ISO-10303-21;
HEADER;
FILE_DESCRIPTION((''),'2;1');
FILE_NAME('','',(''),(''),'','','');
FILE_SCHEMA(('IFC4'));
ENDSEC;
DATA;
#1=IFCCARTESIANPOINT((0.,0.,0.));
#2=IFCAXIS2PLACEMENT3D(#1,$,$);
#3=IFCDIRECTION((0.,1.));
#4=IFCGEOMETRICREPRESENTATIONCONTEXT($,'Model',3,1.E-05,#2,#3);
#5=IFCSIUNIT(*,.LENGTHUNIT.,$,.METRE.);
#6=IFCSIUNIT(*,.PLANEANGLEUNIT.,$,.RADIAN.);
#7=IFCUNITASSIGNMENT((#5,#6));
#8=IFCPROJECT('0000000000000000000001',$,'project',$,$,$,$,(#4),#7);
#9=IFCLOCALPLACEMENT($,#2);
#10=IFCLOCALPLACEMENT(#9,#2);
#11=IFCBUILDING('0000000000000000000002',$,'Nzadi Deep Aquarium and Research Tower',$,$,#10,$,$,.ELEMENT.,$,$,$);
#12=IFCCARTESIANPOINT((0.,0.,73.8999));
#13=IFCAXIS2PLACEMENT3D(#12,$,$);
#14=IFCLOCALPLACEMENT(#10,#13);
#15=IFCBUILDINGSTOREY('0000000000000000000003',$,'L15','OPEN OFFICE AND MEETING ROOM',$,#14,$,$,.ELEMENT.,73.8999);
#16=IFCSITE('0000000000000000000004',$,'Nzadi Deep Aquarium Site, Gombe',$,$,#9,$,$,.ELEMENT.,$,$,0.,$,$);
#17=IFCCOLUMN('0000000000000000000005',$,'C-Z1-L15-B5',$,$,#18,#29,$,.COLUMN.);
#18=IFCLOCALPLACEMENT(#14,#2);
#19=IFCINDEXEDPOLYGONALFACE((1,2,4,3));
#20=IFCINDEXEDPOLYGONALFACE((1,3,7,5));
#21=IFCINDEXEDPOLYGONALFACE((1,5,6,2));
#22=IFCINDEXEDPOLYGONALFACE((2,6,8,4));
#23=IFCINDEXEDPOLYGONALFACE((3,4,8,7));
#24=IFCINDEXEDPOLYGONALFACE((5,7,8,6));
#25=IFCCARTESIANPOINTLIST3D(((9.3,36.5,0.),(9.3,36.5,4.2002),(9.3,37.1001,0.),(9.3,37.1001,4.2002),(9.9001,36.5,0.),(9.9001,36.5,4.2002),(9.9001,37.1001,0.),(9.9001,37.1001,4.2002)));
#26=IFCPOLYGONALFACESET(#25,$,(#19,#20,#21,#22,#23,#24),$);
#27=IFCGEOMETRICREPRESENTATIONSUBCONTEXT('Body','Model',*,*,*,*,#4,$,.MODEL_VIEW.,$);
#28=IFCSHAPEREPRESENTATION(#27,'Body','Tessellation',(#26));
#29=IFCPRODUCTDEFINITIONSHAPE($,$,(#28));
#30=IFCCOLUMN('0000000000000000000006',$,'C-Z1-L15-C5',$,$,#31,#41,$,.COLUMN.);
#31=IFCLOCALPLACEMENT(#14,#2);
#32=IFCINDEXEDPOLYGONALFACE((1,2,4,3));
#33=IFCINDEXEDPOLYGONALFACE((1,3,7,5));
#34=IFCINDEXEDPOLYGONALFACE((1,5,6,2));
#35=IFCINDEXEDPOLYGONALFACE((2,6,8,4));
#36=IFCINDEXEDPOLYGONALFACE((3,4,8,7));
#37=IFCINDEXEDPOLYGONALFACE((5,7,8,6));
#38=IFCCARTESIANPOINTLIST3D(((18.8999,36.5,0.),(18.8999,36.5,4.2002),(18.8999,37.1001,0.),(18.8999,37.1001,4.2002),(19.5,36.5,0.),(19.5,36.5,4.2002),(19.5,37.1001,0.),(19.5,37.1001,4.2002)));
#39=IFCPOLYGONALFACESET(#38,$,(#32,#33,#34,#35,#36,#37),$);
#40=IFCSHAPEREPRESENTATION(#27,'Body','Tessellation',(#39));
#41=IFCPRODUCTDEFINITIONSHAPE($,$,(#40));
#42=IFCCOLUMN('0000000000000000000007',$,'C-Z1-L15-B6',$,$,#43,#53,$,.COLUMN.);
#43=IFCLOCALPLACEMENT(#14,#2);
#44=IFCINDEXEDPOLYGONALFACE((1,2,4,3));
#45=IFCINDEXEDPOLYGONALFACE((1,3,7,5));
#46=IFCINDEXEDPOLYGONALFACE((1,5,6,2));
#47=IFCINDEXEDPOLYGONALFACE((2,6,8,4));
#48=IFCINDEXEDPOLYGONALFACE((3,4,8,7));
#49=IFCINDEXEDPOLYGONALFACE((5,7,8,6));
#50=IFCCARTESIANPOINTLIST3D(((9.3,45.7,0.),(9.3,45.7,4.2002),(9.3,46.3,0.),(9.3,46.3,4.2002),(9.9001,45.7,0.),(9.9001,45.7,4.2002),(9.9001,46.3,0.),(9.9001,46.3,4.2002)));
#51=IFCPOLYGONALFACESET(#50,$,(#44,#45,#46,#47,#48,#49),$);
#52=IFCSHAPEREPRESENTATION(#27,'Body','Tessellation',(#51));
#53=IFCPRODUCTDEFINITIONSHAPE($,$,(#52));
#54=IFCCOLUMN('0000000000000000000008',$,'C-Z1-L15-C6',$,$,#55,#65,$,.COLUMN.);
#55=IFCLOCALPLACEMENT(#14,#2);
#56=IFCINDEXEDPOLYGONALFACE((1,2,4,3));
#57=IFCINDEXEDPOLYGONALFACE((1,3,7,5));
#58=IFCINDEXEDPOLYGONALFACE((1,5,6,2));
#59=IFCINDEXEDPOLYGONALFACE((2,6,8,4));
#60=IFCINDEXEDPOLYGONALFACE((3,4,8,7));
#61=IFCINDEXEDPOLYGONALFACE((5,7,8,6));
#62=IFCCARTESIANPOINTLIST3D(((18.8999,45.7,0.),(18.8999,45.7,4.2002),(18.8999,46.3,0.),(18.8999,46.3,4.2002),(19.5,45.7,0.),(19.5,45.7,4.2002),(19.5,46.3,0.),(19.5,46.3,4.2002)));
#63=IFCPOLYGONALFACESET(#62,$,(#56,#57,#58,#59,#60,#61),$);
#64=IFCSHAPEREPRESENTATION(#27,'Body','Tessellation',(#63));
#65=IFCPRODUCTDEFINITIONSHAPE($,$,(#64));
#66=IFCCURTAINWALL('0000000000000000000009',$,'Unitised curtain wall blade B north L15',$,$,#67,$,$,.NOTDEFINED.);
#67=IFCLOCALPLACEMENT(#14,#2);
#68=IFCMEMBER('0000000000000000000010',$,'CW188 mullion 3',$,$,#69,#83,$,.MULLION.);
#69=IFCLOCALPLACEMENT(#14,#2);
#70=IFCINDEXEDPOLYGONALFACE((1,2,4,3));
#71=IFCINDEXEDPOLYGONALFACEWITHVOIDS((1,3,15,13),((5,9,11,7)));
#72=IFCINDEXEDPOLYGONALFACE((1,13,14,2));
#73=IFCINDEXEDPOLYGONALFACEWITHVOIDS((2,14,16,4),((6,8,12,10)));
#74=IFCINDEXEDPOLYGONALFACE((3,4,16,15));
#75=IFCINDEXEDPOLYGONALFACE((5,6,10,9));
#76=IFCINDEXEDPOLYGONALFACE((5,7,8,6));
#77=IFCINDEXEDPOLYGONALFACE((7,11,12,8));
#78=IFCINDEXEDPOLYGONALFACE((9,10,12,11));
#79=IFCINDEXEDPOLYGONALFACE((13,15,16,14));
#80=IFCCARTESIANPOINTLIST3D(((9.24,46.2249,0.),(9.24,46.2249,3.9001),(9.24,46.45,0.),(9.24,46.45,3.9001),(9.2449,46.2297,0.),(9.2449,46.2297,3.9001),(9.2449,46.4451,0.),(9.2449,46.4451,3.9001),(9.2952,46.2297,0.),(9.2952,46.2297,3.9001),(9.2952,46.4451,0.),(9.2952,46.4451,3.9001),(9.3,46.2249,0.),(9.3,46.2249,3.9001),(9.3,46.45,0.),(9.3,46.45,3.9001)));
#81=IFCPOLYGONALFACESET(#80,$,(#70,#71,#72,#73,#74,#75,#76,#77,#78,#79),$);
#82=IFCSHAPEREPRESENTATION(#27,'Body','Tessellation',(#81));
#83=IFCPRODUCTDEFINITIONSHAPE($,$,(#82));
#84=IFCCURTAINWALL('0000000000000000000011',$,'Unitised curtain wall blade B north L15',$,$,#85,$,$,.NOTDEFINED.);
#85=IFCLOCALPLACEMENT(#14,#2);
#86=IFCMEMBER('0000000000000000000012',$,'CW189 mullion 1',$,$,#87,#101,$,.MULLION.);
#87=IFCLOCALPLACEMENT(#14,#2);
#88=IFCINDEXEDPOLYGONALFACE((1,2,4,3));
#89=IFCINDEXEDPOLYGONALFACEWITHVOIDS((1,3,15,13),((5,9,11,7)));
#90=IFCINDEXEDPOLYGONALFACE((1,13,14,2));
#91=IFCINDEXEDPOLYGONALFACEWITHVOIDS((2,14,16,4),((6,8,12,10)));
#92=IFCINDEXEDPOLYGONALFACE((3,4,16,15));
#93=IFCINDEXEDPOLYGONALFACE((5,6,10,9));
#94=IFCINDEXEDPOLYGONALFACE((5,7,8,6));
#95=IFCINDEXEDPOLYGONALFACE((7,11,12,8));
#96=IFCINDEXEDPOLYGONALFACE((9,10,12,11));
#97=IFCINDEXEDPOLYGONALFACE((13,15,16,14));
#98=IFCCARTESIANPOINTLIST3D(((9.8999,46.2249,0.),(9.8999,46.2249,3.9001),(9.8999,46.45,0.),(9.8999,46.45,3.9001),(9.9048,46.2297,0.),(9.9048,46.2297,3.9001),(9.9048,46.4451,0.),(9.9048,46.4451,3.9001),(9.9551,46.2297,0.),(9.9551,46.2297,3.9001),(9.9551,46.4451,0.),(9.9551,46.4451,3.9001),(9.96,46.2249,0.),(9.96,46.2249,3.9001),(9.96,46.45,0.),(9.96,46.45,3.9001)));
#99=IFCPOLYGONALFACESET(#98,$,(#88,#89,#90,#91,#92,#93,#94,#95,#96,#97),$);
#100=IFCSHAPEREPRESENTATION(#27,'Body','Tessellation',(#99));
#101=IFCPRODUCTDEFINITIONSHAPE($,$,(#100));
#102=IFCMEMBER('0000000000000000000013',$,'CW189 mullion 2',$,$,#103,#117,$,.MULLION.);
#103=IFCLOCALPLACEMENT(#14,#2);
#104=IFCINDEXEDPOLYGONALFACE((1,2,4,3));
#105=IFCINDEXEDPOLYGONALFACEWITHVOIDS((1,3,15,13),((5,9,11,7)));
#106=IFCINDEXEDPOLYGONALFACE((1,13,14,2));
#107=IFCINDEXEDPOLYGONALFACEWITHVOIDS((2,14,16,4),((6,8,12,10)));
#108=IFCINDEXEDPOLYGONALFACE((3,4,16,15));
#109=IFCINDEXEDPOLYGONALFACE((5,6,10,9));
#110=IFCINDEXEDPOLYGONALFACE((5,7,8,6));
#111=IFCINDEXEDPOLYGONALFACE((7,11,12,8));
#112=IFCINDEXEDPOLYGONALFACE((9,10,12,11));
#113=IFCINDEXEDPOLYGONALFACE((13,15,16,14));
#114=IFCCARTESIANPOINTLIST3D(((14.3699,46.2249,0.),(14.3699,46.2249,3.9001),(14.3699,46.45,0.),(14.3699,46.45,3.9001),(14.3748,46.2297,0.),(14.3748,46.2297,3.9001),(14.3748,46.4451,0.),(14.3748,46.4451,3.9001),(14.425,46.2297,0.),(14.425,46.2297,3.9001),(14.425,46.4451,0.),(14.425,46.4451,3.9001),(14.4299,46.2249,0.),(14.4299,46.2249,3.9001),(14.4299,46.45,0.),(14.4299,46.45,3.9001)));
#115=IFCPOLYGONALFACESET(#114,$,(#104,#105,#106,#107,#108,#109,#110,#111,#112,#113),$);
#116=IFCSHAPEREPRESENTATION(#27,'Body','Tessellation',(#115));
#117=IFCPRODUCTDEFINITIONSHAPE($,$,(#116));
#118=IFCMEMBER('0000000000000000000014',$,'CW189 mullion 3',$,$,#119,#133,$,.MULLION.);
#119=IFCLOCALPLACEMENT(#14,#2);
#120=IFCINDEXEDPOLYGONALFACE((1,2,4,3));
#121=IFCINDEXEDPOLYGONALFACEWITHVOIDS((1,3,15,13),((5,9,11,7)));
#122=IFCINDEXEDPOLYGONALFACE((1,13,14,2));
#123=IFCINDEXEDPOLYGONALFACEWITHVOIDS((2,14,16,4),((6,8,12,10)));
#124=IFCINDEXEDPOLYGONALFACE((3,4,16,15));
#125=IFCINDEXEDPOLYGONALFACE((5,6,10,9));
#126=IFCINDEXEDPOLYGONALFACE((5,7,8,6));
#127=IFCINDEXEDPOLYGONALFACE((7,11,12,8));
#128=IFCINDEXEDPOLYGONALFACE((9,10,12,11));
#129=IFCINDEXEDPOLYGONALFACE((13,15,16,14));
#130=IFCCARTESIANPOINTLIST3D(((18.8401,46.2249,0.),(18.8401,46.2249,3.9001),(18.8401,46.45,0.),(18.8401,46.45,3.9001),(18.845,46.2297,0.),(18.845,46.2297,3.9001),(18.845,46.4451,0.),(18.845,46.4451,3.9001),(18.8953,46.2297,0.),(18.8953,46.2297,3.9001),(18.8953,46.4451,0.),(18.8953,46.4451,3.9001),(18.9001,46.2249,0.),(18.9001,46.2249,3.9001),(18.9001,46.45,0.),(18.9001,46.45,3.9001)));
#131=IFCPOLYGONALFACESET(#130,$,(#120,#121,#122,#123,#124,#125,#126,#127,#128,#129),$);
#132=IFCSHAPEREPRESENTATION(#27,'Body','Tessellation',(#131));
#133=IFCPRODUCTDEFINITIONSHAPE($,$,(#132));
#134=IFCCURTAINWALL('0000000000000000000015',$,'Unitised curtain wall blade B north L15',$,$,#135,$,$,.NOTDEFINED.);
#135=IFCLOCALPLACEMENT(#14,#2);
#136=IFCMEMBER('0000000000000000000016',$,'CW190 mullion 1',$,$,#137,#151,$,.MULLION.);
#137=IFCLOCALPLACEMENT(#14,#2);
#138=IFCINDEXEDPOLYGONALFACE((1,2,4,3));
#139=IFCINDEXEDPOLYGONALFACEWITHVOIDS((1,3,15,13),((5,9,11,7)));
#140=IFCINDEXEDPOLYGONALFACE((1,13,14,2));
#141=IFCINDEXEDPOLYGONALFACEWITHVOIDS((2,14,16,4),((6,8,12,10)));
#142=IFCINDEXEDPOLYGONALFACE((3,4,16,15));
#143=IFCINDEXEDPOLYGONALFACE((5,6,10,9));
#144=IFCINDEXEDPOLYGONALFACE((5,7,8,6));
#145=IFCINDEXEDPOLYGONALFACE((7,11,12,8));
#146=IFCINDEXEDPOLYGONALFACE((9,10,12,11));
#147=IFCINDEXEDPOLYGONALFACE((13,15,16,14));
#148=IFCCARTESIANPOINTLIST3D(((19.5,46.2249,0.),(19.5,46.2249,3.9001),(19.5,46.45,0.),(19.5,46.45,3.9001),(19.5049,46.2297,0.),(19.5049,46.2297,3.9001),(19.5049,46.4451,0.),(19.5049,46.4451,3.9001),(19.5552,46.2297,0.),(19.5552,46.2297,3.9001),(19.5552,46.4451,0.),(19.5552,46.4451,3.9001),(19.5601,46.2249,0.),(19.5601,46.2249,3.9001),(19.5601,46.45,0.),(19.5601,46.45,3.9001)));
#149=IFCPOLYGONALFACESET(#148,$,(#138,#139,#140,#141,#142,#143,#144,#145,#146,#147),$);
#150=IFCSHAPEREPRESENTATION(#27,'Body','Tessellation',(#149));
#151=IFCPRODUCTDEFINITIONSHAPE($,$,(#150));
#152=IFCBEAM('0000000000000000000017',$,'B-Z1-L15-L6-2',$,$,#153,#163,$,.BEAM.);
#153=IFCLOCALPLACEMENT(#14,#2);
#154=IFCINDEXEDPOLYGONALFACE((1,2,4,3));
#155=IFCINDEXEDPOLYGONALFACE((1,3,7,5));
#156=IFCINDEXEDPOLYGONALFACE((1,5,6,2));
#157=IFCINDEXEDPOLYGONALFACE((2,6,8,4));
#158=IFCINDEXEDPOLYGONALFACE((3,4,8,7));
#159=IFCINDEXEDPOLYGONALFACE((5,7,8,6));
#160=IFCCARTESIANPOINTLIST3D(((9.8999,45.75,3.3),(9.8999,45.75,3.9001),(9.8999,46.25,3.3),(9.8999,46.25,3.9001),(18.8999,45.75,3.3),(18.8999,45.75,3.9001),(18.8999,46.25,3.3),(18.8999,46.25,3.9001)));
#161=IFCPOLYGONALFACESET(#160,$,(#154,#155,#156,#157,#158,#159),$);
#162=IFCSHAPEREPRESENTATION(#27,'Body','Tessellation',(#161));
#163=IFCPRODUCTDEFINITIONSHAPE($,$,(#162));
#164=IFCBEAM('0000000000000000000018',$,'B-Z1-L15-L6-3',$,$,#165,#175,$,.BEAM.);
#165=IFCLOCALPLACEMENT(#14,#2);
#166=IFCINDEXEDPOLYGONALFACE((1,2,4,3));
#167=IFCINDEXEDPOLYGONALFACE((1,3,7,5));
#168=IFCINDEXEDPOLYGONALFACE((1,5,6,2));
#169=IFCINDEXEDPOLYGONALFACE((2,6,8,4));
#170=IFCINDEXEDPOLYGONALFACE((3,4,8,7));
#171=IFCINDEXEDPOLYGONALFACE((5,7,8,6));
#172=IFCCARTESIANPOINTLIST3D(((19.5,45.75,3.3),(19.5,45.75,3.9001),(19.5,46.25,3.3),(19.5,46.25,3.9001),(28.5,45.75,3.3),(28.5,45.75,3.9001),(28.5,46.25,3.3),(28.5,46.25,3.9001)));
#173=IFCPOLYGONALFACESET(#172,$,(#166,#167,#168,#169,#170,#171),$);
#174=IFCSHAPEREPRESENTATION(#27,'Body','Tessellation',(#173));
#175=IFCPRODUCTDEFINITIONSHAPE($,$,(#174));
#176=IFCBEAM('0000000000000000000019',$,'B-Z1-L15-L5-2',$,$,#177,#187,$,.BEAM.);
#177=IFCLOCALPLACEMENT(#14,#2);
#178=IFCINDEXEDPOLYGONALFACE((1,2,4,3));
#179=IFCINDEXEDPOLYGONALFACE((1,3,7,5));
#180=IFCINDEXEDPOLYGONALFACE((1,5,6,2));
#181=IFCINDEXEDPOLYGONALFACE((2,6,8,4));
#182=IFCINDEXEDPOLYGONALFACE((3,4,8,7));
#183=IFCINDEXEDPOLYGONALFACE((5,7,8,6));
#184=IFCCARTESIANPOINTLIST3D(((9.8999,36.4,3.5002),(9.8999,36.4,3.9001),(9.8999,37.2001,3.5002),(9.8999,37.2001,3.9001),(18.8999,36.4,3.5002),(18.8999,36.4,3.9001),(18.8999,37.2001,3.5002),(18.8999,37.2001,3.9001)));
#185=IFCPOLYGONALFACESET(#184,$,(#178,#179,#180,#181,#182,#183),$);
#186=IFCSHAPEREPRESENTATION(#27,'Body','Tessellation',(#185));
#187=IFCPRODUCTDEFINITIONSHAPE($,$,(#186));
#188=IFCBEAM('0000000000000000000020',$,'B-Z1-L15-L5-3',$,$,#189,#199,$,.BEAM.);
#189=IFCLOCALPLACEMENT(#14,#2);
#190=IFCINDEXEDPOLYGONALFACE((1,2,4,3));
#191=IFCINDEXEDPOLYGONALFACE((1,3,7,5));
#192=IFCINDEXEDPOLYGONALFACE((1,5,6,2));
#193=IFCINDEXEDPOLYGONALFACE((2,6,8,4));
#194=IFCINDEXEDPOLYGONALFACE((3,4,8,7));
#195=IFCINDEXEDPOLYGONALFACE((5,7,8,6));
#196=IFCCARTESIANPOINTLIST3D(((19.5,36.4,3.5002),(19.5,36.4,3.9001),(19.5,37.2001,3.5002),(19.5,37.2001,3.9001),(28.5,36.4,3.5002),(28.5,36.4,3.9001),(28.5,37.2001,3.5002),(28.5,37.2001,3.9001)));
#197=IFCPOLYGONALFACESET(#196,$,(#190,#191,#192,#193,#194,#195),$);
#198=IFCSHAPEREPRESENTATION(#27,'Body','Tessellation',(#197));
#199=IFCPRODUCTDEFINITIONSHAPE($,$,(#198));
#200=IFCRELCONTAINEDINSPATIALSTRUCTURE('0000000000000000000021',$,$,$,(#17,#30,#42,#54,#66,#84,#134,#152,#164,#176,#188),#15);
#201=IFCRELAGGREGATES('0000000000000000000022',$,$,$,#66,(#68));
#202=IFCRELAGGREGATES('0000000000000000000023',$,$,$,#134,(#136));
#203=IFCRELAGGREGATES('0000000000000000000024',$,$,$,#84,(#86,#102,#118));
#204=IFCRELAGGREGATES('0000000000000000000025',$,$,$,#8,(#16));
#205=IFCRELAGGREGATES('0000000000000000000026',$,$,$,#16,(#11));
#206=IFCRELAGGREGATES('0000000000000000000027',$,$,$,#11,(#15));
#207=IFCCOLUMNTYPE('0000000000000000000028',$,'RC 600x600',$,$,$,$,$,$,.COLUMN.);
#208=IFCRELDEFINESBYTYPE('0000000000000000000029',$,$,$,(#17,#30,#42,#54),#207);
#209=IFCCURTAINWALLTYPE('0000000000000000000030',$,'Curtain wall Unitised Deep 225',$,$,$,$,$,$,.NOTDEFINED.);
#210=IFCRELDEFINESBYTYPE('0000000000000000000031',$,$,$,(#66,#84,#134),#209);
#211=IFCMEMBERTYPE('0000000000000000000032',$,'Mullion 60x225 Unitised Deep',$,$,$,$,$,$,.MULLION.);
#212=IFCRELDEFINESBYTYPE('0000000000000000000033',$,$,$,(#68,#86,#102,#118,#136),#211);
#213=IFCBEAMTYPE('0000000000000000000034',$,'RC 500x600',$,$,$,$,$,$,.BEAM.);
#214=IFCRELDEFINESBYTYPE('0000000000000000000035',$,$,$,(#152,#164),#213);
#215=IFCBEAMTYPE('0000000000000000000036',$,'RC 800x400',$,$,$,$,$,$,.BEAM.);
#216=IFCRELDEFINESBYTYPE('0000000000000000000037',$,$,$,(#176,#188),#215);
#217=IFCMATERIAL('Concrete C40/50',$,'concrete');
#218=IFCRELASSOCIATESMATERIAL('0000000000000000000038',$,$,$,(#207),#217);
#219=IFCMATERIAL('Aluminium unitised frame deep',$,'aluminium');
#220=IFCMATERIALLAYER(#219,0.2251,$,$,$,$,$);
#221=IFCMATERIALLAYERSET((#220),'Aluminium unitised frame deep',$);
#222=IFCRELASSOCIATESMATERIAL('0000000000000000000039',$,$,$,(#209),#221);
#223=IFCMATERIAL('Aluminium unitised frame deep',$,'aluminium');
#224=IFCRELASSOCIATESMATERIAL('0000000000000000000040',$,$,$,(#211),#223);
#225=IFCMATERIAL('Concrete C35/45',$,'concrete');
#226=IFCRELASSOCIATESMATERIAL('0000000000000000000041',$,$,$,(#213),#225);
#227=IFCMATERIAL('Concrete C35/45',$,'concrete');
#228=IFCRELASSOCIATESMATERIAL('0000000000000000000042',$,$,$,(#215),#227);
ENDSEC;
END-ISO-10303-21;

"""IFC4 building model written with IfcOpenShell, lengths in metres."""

from ifc_helpers import new_model, si_unit, direction, frame, origin, origin_2d, place, context, subcontext, project, spatial, rectangle, hollow_rectangle, extrude, material, layer, layer_set, material_profile, profile_set, type_object, element, aggregate, save


model = new_model("IFC4")

# Units and contexts
model_context = context("Model", 3, precision=1e-05, world=origin(), true_north=direction((0.0, 1.0)))
body_context = subcontext(model_context, "Body", "Model", "MODEL_VIEW")
ifc_project = project(units=[si_unit("LENGTHUNIT", "METRE"), si_unit("PLANEANGLEUNIT", "RADIAN")], contexts=[model_context])

# Site, building, storey
site_placement = place(None, origin())
site = spatial("IfcSite", under=ifc_project, at=site_placement, Name="Nzadi Deep Aquarium Site, Gombe", CompositionType="ELEMENT", RefElevation=0.0)
building_placement = place(site_placement, origin())
building = spatial("IfcBuilding", under=site, at=building_placement, Name="Nzadi Deep Aquarium and Research Tower", CompositionType="ELEMENT")
storey_placement = place(building_placement, frame((0.0, 0.0, 73.8999)))
storey = spatial("IfcBuildingStorey", under=building, at=storey_placement, Name="L15", Description="OPEN OFFICE AND MEETING ROOM", CompositionType="ELEMENT", Elevation=73.8999)

# Columns
ifc_material_1 = material(Name="Concrete C40/50", Category="concrete")
ifc_material_profile_1 = material_profile(ifc_material_1, rectangle(XDim=0.6001, YDim=0.6001, at=origin_2d()))
ifc_profile_set_1 = profile_set([ifc_material_profile_1], Name="Concrete C40/50")
column_type = type_object("IfcColumnType", Name="RC 600x600", PredefinedType="COLUMN", material=ifc_profile_set_1)
for number, where, z_axis, x_axis, name in (
    (1, (9.6001, 36.8, 0.0), (0.0, 0.0, 1.0), (1.0, 0.0, 0.0), "C-Z1-L15-B5"),
    (2, (19.2, 36.8, 0.0), (0.0, 0.0, 1.0), (1.0, 0.0, 0.0), "C-Z1-L15-C5"),
    (3, (9.6001, 46.0, 0.0), (0.0, 0.0, 1.0), (1.0, 0.0, 0.0), "C-Z1-L15-B6"),
    (4, (19.2, 46.0, 0.0), (0.0, 0.0, 1.0), (1.0, 0.0, 0.0), "C-Z1-L15-C6"),
):
    element("IfcColumn", number, at=place(storey_placement, frame(where, z_axis=z_axis, x_axis=x_axis)), inside=storey, type_object=column_type, Name=name, PredefinedType="COLUMN", context=body_context, shape_type="SweptSolid", body=[
        extrude(rectangle(XDim=0.6001, YDim=0.6001, at=origin_2d()), origin(), (0.0, 0.0, 1.0), 4.2002),
    ])

# Curtain wall, member
ifc_material_2 = material(Name="Aluminium unitised frame deep", Category="aluminium")
ifc_layer_1 = layer(ifc_material_2, 0.2251)
ifc_layer_set_1 = layer_set([ifc_layer_1], Name="Aluminium unitised frame deep")
curtain_wall_type = type_object("IfcCurtainWallType", Name="Curtain wall Unitised Deep 225", PredefinedType="NOTDEFINED", material=ifc_layer_set_1)
curtain_wall_1_placement = place(storey_placement, origin())
curtain_wall_1 = element("IfcCurtainWall", 5, at=curtain_wall_1_placement, inside=storey, type_object=curtain_wall_type, Name="Unitised curtain wall blade B north L15", PredefinedType="NOTDEFINED")
ifc_material_3 = material(Name="Aluminium unitised frame deep", Category="aluminium")
ifc_material_profile_2 = material_profile(ifc_material_3, hollow_rectangle(XDim=0.2251, YDim=0.0601, WallThickness=0.0049, at=origin_2d()))
ifc_profile_set_2 = profile_set([ifc_material_profile_2], Name="Aluminium unitised frame deep")
member_type_1 = type_object("IfcMemberType", Name="Mullion 60x225 Unitised Deep", PredefinedType="MULLION", material=ifc_profile_set_2)
member_1_placement = place(storey_placement, frame((9.27, 46.3374, 0.0), z_axis=(0.0, 0.0, 1.0), x_axis=(0.0, 1.0, 0.0)))
member_1 = element("IfcMember", 6, at=member_1_placement, type_object=member_type_1, Name="CW188 mullion 3", PredefinedType="MULLION", context=body_context, shape_type="SweptSolid", body=[
    extrude(hollow_rectangle(XDim=0.2251, YDim=0.0601, WallThickness=0.0049, at=origin_2d()), origin(), (0.0, 0.0, 1.0), 3.9001),
])
aggregate(curtain_wall_1, [member_1])

# Curtain wall, members
curtain_wall_2_placement = place(storey_placement, origin())
curtain_wall_2 = element("IfcCurtainWall", 7, at=curtain_wall_2_placement, inside=storey, type_object=curtain_wall_type, Name="Unitised curtain wall blade B north L15", PredefinedType="NOTDEFINED")
member_2_placement = place(storey_placement, frame((9.9299, 46.3374, 0.0), z_axis=(0.0, 0.0, 1.0), x_axis=(0.0, 1.0, 0.0)))
member_2 = element("IfcMember", 8, at=member_2_placement, type_object=member_type_1, Name="CW189 mullion 1", PredefinedType="MULLION", context=body_context, shape_type="SweptSolid", body=[
    extrude(hollow_rectangle(XDim=0.2251, YDim=0.0601, WallThickness=0.0049, at=origin_2d()), origin(), (0.0, 0.0, 1.0), 3.9001),
])
member_3_placement = place(storey_placement, frame((14.3999, 46.3374, 0.0), z_axis=(0.0, 0.0, 1.0), x_axis=(0.0, 1.0, 0.0)))
member_3 = element("IfcMember", 9, at=member_3_placement, type_object=member_type_1, Name="CW189 mullion 2", PredefinedType="MULLION", context=body_context, shape_type="SweptSolid", body=[
    extrude(hollow_rectangle(XDim=0.2251, YDim=0.0601, WallThickness=0.0049, at=origin_2d()), origin(), (0.0, 0.0, 1.0), 3.9001),
])
member_4_placement = place(storey_placement, frame((18.8701, 46.3374, 0.0), z_axis=(0.0, 0.0, 1.0), x_axis=(0.0, 1.0, 0.0)))
member_4 = element("IfcMember", 10, at=member_4_placement, type_object=member_type_1, Name="CW189 mullion 3", PredefinedType="MULLION", context=body_context, shape_type="SweptSolid", body=[
    extrude(hollow_rectangle(XDim=0.2251, YDim=0.0601, WallThickness=0.0049, at=origin_2d()), origin(), (0.0, 0.0, 1.0), 3.9001),
])

# Curtain wall, member
curtain_wall_3_placement = place(storey_placement, origin())
curtain_wall_3 = element("IfcCurtainWall", 11, at=curtain_wall_3_placement, inside=storey, type_object=curtain_wall_type, Name="Unitised curtain wall blade B north L15", PredefinedType="NOTDEFINED")
member_5_placement = place(storey_placement, frame((19.53, 46.3374, 0.0), z_axis=(0.0, 0.0, 1.0), x_axis=(0.0, 1.0, 0.0)))
member_5 = element("IfcMember", 12, at=member_5_placement, type_object=member_type_1, Name="CW190 mullion 1", PredefinedType="MULLION", context=body_context, shape_type="SweptSolid", body=[
    extrude(hollow_rectangle(XDim=0.2251, YDim=0.0601, WallThickness=0.0049, at=origin_2d()), origin(), (0.0, 0.0, 1.0), 3.9001),
])

# Beams
ifc_material_4 = material(Name="Concrete C35/45", Category="concrete")
ifc_material_profile_3 = material_profile(ifc_material_4, rectangle(XDim=0.5, YDim=0.6001, at=origin_2d()))
ifc_profile_set_3 = profile_set([ifc_material_profile_3], Name="Concrete C35/45")
beam_type_1 = type_object("IfcBeamType", Name="RC 500x600", PredefinedType="BEAM", material=ifc_profile_set_3)
for number, where, z_axis, x_axis, name in (
    (13, (9.8999, 46.0, 3.6001), (1.0, 0.0, 0.0), (0.0, 1.0, 0.0), "B-Z1-L15-L6-2"),
    (14, (19.5, 46.0, 3.6001), (1.0, 0.0, 0.0), (0.0, 1.0, 0.0), "B-Z1-L15-L6-3"),
):
    element("IfcBeam", number, at=place(storey_placement, frame(where, z_axis=z_axis, x_axis=x_axis)), inside=storey, type_object=beam_type_1, Name=name, PredefinedType="BEAM", context=body_context, shape_type="SweptSolid", body=[
        extrude(rectangle(XDim=0.5, YDim=0.6001, at=origin_2d()), origin(), (0.0, 0.0, 1.0), 9.0),
    ])
ifc_material_5 = material(Name="Concrete C35/45", Category="concrete")
ifc_material_profile_4 = material_profile(ifc_material_5, rectangle(XDim=0.8, YDim=0.3999, at=origin_2d()))
ifc_profile_set_4 = profile_set([ifc_material_profile_4], Name="Concrete C35/45")
beam_type_2 = type_object("IfcBeamType", Name="RC 800x400", PredefinedType="BEAM", material=ifc_profile_set_4)
for number, where, z_axis, x_axis, name in (
    (15, (9.8999, 36.8, 3.7002), (1.0, 0.0, 0.0), (0.0, 1.0, 0.0), "B-Z1-L15-L5-2"),
    (16, (19.5, 36.8, 3.7002), (1.0, 0.0, 0.0), (0.0, 1.0, 0.0), "B-Z1-L15-L5-3"),
):
    element("IfcBeam", number, at=place(storey_placement, frame(where, z_axis=z_axis, x_axis=x_axis)), inside=storey, type_object=beam_type_2, Name=name, PredefinedType="BEAM", context=body_context, shape_type="SweptSolid", body=[
        extrude(rectangle(XDim=0.8, YDim=0.3999, at=origin_2d()), origin(), (0.0, 0.0, 1.0), 9.0),
    ])

aggregate(curtain_wall_3, [member_5])

aggregate(curtain_wall_2, [member_2, member_3, member_4])

save(model, "model.ifc")
